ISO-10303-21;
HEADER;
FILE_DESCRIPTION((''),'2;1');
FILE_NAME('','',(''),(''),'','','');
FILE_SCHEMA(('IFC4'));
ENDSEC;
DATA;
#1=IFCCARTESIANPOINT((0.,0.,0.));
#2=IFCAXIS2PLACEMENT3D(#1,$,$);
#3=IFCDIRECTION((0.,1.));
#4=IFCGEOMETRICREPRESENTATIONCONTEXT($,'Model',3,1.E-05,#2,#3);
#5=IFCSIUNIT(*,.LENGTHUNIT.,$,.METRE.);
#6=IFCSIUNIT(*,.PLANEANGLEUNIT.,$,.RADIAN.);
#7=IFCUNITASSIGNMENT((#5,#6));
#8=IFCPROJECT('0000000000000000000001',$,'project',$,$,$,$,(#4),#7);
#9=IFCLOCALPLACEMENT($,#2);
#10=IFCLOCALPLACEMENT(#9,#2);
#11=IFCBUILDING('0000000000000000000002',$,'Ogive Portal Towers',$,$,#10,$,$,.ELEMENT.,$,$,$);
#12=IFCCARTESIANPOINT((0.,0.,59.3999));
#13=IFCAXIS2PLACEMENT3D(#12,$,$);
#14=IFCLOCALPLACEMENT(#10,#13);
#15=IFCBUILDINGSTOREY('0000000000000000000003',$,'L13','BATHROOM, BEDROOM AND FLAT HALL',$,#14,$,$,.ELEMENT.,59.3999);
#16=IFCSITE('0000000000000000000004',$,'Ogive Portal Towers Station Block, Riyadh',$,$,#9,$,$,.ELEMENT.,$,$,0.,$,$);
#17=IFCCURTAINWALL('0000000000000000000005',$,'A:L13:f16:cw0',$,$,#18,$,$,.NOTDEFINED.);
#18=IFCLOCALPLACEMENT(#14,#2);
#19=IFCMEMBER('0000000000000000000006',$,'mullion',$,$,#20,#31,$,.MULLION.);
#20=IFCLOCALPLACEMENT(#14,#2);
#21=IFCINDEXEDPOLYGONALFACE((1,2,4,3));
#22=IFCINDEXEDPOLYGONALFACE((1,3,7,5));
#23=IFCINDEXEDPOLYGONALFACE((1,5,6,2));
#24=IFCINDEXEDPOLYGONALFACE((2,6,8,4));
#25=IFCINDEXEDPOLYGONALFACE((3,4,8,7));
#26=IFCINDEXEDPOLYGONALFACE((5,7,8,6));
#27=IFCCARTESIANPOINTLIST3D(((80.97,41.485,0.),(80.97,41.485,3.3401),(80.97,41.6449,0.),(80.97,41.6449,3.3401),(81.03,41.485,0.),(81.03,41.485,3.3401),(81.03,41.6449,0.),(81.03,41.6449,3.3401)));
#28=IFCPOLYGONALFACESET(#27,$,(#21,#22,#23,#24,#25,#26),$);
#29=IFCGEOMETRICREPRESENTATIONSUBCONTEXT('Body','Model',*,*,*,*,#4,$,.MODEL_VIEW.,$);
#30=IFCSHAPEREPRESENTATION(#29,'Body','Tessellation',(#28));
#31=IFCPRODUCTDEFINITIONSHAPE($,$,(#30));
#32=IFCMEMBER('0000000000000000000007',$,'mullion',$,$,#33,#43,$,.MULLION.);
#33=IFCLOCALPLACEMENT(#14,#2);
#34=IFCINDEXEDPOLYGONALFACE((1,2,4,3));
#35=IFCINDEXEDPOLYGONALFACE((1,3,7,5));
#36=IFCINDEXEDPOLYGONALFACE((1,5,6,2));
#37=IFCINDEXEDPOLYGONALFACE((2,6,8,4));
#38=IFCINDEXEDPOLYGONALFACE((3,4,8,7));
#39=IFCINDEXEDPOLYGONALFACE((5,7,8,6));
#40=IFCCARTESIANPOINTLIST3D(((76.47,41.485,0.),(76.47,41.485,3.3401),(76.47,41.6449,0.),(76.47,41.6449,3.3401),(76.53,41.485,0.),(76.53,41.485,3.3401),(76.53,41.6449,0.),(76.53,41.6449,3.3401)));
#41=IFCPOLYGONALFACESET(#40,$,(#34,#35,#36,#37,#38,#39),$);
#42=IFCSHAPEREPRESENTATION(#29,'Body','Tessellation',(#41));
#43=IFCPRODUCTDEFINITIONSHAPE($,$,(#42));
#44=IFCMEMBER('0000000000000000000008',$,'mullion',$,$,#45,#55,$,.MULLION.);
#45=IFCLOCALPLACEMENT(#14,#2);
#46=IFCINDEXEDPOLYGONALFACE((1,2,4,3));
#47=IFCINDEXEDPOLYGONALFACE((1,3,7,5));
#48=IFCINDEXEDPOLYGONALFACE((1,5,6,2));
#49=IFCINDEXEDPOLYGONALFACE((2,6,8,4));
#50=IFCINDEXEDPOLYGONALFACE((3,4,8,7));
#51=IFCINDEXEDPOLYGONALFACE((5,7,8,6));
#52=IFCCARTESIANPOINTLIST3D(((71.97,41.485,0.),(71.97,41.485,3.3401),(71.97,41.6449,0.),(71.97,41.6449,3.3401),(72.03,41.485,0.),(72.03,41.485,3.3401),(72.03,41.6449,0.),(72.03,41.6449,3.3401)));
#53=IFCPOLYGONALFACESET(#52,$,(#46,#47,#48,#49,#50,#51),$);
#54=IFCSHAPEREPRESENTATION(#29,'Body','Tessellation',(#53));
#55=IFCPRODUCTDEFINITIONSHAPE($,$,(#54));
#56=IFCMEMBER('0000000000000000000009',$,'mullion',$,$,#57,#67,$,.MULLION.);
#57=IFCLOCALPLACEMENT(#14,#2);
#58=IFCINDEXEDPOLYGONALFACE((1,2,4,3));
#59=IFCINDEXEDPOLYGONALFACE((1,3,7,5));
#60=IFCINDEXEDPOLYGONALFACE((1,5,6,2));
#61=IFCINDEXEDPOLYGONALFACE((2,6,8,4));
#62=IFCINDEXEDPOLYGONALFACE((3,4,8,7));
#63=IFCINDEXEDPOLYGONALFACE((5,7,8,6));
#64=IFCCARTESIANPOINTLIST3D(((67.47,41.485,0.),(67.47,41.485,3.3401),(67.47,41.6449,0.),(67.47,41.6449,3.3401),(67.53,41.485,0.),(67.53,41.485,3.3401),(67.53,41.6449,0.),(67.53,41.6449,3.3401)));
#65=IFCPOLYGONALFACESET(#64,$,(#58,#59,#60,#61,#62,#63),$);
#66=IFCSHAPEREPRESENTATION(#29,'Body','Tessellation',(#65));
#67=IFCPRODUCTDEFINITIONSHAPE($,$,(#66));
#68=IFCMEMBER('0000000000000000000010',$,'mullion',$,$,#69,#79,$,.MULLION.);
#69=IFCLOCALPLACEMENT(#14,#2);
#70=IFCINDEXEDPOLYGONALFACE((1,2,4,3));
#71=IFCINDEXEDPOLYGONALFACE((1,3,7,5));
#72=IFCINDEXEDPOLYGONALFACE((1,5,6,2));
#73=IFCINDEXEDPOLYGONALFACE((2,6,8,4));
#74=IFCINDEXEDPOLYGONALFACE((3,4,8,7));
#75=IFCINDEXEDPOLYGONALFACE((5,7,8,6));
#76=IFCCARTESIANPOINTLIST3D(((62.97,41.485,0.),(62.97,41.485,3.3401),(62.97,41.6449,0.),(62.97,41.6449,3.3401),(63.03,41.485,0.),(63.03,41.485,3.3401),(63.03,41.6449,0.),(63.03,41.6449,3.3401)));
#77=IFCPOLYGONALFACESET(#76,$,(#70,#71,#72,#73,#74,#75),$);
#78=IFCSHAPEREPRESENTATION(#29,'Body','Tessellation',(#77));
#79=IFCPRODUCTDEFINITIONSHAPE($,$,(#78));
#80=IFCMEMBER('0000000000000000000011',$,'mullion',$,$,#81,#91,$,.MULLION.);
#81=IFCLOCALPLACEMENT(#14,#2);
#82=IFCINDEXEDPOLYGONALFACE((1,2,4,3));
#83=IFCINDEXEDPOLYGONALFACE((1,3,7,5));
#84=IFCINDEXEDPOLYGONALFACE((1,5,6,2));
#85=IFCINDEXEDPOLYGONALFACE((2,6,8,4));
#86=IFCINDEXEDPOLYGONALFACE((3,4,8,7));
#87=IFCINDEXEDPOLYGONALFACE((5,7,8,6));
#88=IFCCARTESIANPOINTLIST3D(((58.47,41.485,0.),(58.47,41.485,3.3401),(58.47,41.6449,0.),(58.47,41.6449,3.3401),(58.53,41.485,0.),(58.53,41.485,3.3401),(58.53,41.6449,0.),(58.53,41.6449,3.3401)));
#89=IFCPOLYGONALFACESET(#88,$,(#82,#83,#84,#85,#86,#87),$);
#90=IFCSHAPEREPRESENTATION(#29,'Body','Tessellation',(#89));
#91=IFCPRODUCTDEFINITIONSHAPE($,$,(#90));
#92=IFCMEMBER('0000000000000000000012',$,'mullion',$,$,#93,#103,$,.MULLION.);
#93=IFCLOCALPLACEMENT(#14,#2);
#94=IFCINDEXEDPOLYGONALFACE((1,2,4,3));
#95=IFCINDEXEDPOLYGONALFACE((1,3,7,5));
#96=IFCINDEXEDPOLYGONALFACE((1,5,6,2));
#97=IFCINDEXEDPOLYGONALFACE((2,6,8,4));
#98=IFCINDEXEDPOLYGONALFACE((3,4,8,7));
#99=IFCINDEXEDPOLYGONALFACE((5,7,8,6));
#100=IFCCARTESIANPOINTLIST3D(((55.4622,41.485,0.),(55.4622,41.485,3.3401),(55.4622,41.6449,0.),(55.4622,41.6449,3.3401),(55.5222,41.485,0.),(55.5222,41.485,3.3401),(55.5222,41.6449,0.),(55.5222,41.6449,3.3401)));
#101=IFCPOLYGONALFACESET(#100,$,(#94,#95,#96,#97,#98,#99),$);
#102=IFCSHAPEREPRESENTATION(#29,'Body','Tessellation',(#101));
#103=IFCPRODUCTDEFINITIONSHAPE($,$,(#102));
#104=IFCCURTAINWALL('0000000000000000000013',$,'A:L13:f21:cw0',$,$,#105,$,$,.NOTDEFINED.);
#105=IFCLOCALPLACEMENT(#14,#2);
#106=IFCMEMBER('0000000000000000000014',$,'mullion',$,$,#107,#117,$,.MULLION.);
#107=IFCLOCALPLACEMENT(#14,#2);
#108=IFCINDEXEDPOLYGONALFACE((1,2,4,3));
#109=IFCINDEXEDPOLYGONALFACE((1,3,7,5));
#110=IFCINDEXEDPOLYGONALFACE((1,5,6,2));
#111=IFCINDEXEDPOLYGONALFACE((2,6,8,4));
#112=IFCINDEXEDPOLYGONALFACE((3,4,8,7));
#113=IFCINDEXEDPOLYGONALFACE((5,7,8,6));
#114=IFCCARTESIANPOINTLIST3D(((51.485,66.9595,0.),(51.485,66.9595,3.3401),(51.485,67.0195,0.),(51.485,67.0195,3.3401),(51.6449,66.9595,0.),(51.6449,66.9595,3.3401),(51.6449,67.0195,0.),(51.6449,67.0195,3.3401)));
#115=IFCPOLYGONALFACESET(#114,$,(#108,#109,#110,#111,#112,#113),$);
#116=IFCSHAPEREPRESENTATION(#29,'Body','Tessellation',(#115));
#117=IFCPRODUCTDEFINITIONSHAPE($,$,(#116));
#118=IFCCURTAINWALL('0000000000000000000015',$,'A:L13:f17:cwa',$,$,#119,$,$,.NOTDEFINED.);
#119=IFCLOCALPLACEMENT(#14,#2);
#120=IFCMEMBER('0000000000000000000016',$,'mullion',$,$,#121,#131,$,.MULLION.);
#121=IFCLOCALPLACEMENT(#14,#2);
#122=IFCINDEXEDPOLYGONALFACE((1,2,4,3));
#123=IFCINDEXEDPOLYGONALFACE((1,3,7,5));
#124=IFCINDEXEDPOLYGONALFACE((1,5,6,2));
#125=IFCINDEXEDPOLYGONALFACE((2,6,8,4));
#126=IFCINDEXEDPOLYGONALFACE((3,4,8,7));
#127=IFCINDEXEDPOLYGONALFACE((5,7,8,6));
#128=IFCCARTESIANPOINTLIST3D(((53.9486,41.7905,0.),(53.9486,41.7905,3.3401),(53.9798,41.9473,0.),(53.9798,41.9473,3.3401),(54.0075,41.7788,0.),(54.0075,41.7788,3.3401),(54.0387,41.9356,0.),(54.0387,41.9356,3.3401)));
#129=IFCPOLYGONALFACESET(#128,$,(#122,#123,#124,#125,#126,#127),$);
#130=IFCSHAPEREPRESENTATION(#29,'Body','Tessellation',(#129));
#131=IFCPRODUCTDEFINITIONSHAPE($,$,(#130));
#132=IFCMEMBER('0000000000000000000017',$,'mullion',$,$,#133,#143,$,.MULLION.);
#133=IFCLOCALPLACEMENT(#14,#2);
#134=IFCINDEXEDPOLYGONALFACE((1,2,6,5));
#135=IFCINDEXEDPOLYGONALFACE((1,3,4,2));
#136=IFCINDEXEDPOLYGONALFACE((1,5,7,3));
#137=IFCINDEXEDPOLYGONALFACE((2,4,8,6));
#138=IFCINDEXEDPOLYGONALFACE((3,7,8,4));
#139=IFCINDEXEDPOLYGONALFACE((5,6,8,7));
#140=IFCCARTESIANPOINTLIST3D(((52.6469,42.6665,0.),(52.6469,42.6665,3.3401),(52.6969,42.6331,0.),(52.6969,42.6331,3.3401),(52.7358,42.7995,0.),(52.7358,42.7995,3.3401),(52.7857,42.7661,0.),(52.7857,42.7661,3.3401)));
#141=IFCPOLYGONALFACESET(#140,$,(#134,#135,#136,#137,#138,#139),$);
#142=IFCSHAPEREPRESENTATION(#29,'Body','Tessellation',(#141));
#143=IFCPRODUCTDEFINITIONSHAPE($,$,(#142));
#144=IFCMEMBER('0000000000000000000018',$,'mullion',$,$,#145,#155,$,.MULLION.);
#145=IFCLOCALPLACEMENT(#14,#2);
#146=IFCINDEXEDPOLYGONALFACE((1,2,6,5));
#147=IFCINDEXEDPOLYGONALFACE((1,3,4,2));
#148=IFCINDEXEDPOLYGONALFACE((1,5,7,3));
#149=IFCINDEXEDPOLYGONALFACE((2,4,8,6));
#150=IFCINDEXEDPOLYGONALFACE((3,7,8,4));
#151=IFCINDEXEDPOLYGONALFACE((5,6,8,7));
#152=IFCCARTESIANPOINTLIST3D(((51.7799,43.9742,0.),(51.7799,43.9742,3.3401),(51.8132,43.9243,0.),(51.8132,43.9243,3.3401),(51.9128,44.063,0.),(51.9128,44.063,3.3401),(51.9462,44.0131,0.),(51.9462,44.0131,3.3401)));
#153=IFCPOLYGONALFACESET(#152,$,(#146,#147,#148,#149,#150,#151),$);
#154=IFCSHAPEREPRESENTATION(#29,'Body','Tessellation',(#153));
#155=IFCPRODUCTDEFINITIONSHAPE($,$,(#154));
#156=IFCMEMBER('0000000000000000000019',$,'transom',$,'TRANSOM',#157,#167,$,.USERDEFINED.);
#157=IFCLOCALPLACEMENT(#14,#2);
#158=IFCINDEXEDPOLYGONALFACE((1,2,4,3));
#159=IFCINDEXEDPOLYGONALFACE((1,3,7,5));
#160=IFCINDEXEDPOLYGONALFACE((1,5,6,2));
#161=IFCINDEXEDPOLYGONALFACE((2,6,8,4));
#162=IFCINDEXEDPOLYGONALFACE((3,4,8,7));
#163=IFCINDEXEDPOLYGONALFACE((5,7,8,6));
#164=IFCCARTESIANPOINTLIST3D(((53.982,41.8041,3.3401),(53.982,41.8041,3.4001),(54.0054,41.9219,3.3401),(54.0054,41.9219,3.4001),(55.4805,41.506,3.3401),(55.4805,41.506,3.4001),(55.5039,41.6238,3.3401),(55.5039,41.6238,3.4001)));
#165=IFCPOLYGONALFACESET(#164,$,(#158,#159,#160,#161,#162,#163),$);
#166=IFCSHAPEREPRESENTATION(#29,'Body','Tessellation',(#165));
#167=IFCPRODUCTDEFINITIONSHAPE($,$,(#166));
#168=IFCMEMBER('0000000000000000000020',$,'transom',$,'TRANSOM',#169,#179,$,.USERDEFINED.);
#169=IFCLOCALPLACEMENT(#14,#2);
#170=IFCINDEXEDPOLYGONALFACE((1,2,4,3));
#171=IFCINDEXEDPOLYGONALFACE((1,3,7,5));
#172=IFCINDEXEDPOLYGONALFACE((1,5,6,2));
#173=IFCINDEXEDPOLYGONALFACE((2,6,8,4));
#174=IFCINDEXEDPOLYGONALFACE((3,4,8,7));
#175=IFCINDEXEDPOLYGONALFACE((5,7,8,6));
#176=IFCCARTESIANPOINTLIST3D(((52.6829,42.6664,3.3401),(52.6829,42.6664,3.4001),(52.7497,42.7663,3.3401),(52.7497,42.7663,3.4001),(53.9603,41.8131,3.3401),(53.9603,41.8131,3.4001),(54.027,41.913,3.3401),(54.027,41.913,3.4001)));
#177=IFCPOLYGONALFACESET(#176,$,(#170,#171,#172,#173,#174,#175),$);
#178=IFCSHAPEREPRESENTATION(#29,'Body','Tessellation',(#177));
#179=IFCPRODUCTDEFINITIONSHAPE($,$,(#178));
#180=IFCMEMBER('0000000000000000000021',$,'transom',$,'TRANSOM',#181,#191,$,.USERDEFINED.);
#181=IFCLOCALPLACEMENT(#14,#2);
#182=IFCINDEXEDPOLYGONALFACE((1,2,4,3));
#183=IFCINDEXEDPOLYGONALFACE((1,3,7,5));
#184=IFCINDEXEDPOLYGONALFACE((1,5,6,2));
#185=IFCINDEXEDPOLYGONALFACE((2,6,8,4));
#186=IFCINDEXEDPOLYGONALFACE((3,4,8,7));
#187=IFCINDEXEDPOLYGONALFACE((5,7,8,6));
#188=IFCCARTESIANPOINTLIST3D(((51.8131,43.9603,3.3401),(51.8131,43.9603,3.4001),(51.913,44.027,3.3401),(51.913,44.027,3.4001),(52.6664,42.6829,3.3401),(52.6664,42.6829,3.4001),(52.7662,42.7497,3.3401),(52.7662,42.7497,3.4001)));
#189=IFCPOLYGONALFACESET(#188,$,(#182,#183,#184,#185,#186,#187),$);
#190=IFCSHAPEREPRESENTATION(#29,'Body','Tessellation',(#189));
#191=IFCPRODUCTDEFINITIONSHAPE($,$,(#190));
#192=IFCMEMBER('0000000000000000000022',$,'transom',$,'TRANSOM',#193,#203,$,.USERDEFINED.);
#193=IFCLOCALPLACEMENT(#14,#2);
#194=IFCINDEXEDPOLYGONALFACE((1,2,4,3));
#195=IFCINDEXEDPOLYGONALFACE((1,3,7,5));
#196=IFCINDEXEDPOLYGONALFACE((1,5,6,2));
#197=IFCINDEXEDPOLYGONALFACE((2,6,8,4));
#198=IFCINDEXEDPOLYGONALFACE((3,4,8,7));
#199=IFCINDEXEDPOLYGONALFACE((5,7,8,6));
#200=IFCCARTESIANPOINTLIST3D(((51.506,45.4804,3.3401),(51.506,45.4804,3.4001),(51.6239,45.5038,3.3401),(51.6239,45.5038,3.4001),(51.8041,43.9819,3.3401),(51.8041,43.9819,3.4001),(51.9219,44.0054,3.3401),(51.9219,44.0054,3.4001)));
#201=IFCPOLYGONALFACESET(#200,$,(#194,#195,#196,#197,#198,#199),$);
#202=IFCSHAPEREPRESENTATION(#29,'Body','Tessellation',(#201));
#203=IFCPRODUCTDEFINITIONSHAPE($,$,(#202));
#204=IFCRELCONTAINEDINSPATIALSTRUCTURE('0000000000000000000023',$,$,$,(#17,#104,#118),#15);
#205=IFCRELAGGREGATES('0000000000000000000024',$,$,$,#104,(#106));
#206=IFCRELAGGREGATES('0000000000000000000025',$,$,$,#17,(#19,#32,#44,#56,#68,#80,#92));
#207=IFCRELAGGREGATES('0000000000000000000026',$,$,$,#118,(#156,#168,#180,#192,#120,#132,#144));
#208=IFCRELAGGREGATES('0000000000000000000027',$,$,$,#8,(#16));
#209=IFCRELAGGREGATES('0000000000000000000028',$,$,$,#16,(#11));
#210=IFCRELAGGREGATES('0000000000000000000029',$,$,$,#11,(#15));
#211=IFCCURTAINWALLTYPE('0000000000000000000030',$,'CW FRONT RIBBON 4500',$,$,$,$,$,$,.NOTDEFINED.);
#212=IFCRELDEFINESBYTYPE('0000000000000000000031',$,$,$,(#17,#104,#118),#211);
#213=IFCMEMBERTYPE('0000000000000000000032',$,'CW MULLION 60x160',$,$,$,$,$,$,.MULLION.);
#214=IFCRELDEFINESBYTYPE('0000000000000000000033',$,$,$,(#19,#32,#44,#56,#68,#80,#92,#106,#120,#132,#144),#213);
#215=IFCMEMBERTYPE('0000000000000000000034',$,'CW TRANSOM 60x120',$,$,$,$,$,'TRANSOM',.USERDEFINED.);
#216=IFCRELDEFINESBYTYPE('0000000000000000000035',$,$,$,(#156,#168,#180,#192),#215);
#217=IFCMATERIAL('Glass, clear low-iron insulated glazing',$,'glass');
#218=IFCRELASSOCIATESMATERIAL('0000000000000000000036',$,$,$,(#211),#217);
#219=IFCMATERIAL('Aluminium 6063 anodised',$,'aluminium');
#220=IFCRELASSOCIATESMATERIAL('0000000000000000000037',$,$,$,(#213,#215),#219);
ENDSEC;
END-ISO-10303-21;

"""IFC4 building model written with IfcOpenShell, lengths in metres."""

from ifc_helpers import new_model, si_unit, direction, frame, origin, origin_2d, place, context, subcontext, project, spatial, rectangle, extrude, material, material_profile, profile_set, type_object, element, aggregate, save


model = new_model("IFC4")

# Units and contexts
model_context = context("Model", 3, precision=1e-05, world=origin(), true_north=direction((0.0, 1.0)))
body_context = subcontext(model_context, "Body", "Model", "MODEL_VIEW")
ifc_project = project(units=[si_unit("LENGTHUNIT", "METRE"), si_unit("PLANEANGLEUNIT", "RADIAN")], contexts=[model_context])

# Site, building, storey
site_placement = place(None, origin())
site = spatial("IfcSite", under=ifc_project, at=site_placement, Name="Ogive Portal Towers Station Block, Riyadh", CompositionType="ELEMENT", RefElevation=0.0)
building_placement = place(site_placement, origin())
building = spatial("IfcBuilding", under=site, at=building_placement, Name="Ogive Portal Towers", CompositionType="ELEMENT")
storey_placement = place(building_placement, frame((0.0, 0.0, 59.3999)))
storey = spatial("IfcBuildingStorey", under=building, at=storey_placement, Name="L13", Description="BATHROOM, BEDROOM AND FLAT HALL", CompositionType="ELEMENT", Elevation=59.3999)

# Curtain wall, members
ifc_material_1 = material(Name="Glass, clear low-iron insulated glazing", Category="glass")
curtain_wall_type = type_object("IfcCurtainWallType", Name="CW FRONT RIBBON 4500", PredefinedType="NOTDEFINED", material=ifc_material_1)
curtain_wall_1_placement = place(storey_placement, origin())
curtain_wall_1 = element("IfcCurtainWall", 1, at=curtain_wall_1_placement, inside=storey, type_object=curtain_wall_type, Name="A:L13:f16:cw0", PredefinedType="NOTDEFINED")
ifc_material_2 = material(Name="Aluminium 6063 anodised", Category="aluminium")
ifc_material_profile_1 = material_profile(ifc_material_2, rectangle(XDim=0.1599, YDim=0.0601, at=origin_2d()), Name="AL 60x160")
ifc_profile_set_1 = profile_set([ifc_material_profile_1], Name="Aluminium 6063 anodised")
member_type_1 = type_object("IfcMemberType", Name="CW MULLION 60x160", PredefinedType="MULLION", material=ifc_profile_set_1)
member_1_placement = place(storey_placement, frame((81.0, 41.5649, 0.0), z_axis=(0.0, 0.0, 1.0), x_axis=(0.0, -1.0, 0.0)))
member_1 = element("IfcMember", 2, at=member_1_placement, type_object=member_type_1, Name="mullion", PredefinedType="MULLION", context=body_context, shape_type="SweptSolid", body=[
    extrude(rectangle(XDim=0.1599, YDim=0.0601, at=origin_2d()), origin(), (0.0, 0.0, 1.0), 3.3401),
])
member_2_placement = place(storey_placement, frame((76.5, 41.5649, 0.0), z_axis=(0.0, 0.0, 1.0), x_axis=(0.0, -1.0, 0.0)))
member_2 = element("IfcMember", 3, at=member_2_placement, type_object=member_type_1, Name="mullion", PredefinedType="MULLION", context=body_context, shape_type="SweptSolid", body=[
    extrude(rectangle(XDim=0.1599, YDim=0.0601, at=origin_2d()), origin(), (0.0, 0.0, 1.0), 3.3401),
])
member_3_placement = place(storey_placement, frame((72.0, 41.5649, 0.0), z_axis=(0.0, 0.0, 1.0), x_axis=(0.0, -1.0, 0.0)))
member_3 = element("IfcMember", 4, at=member_3_placement, type_object=member_type_1, Name="mullion", PredefinedType="MULLION", context=body_context, shape_type="SweptSolid", body=[
    extrude(rectangle(XDim=0.1599, YDim=0.0601, at=origin_2d()), origin(), (0.0, 0.0, 1.0), 3.3401),
])
member_4_placement = place(storey_placement, frame((67.5, 41.5649, 0.0), z_axis=(0.0, 0.0, 1.0), x_axis=(0.0, -1.0, 0.0)))
member_4 = element("IfcMember", 5, at=member_4_placement, type_object=member_type_1, Name="mullion", PredefinedType="MULLION", context=body_context, shape_type="SweptSolid", body=[
    extrude(rectangle(XDim=0.1599, YDim=0.0601, at=origin_2d()), origin(), (0.0, 0.0, 1.0), 3.3401),
])
member_5_placement = place(storey_placement, frame((63.0, 41.5649, 0.0), z_axis=(0.0, 0.0, 1.0), x_axis=(0.0, -1.0, 0.0)))
member_5 = element("IfcMember", 6, at=member_5_placement, type_object=member_type_1, Name="mullion", PredefinedType="MULLION", context=body_context, shape_type="SweptSolid", body=[
    extrude(rectangle(XDim=0.1599, YDim=0.0601, at=origin_2d()), origin(), (0.0, 0.0, 1.0), 3.3401),
])
member_6_placement = place(storey_placement, frame((58.5, 41.5649, 0.0), z_axis=(0.0, 0.0, 1.0), x_axis=(0.0, -1.0, 0.0)))
member_6 = element("IfcMember", 7, at=member_6_placement, type_object=member_type_1, Name="mullion", PredefinedType="MULLION", context=body_context, shape_type="SweptSolid", body=[
    extrude(rectangle(XDim=0.1599, YDim=0.0601, at=origin_2d()), origin(), (0.0, 0.0, 1.0), 3.3401),
])
member_7_placement = place(storey_placement, frame((55.4922, 41.5649, 0.0), z_axis=(0.0, 0.0, 1.0), x_axis=(0.0, -1.0, 0.0)))
member_7 = element("IfcMember", 8, at=member_7_placement, type_object=member_type_1, Name="mullion", PredefinedType="MULLION", context=body_context, shape_type="SweptSolid", body=[
    extrude(rectangle(XDim=0.1599, YDim=0.0601, at=origin_2d()), origin(), (0.0, 0.0, 1.0), 3.3401),
])

# Curtain wall, member
curtain_wall_2_placement = place(storey_placement, origin())
curtain_wall_2 = element("IfcCurtainWall", 9, at=curtain_wall_2_placement, inside=storey, type_object=curtain_wall_type, Name="A:L13:f21:cw0", PredefinedType="NOTDEFINED")
member_8_placement = place(storey_placement, frame((51.5649, 66.9895, 0.0), z_axis=(0.0, 0.0, 1.0), x_axis=(-1.0, 0.0, 0.0)))
member_8 = element("IfcMember", 10, at=member_8_placement, type_object=member_type_1, Name="mullion", PredefinedType="MULLION", context=body_context, shape_type="SweptSolid", body=[
    extrude(rectangle(XDim=0.1599, YDim=0.0601, at=origin_2d()), origin(), (0.0, 0.0, 1.0), 3.3401),
])
aggregate(curtain_wall_2, [member_8])

# Curtain wall, members
curtain_wall_3_placement = place(storey_placement, origin())
curtain_wall_3 = element("IfcCurtainWall", 11, at=curtain_wall_3_placement, inside=storey, type_object=curtain_wall_type, Name="A:L13:f17:cwa", PredefinedType="NOTDEFINED")
member_9_placement = place(storey_placement, frame((53.9937, 41.863, 0.0), z_axis=(0.0, 0.0, 1.0), x_axis=(-0.19509, -0.980785, 0.0)))
member_9 = element("IfcMember", 12, at=member_9_placement, type_object=member_type_1, Name="mullion", PredefinedType="MULLION", context=body_context, shape_type="SweptSolid", body=[
    extrude(rectangle(XDim=0.1599, YDim=0.0601, at=origin_2d()), origin(), (0.0, 0.0, 1.0), 3.3401),
])
member_10_placement = place(storey_placement, frame((52.7163, 42.7163, 0.0), z_axis=(0.0, 0.0, 1.0), x_axis=(-0.55557, -0.83147, 0.0)))
member_10 = element("IfcMember", 13, at=member_10_placement, type_object=member_type_1, Name="mullion", PredefinedType="MULLION", context=body_context, shape_type="SweptSolid", body=[
    extrude(rectangle(XDim=0.1599, YDim=0.0601, at=origin_2d()), origin(), (0.0, 0.0, 1.0), 3.3401),
])
member_11_placement = place(storey_placement, frame((51.863, 43.9937, 0.0), z_axis=(0.0, 0.0, 1.0), x_axis=(-0.83147, -0.55557, 0.0)))
member_11 = element("IfcMember", 14, at=member_11_placement, type_object=member_type_1, Name="mullion", PredefinedType="MULLION", context=body_context, shape_type="SweptSolid", body=[
    extrude(rectangle(XDim=0.1599, YDim=0.0601, at=origin_2d()), origin(), (0.0, 0.0, 1.0), 3.3401),
])
ifc_material_profile_2 = material_profile(ifc_material_2, rectangle(XDim=0.1201, YDim=0.0601, at=origin_2d()), Name="AL 120x60")
ifc_profile_set_2 = profile_set([ifc_material_profile_2], Name="Aluminium 6063 anodised")
member_type_2 = type_object("IfcMemberType", Name="CW TRANSOM 60x120", ElementType="TRANSOM", PredefinedType="USERDEFINED", material=ifc_profile_set_2)
member_12_placement = place(storey_placement, frame((55.4922, 41.5649, 3.3701), z_axis=(-0.980783, 0.195102, 0.0), x_axis=(-0.195102, -0.980783, 0.0)))
member_12 = element("IfcMember", 15, at=member_12_placement, type_object=member_type_2, Name="transom", ObjectType="TRANSOM", PredefinedType="USERDEFINED", context=body_context, shape_type="SweptSolid", body=[
    extrude(rectangle(XDim=0.1201, YDim=0.0601, at=origin_2d()), origin(), (0.0, 0.0, 1.0), 1.5278),
])
member_13_placement = place(storey_placement, frame((53.9937, 41.863, 3.3701), z_axis=(-0.831536, 0.55547, 0.0), x_axis=(-0.55547, -0.831536, 0.0)))
member_13 = element("IfcMember", 16, at=member_13_placement, type_object=member_type_2, Name="transom", ObjectType="TRANSOM", PredefinedType="USERDEFINED", context=body_context, shape_type="SweptSolid", body=[
    extrude(rectangle(XDim=0.1201, YDim=0.0601, at=origin_2d()), origin(), (0.0, 0.0, 1.0), 1.5361),
])
member_14_placement = place(storey_placement, frame((52.7163, 42.7163, 3.3701), z_axis=(-0.55547, 0.831536, 0.0), x_axis=(-0.831536, -0.55547, 0.0)))
member_14 = element("IfcMember", 17, at=member_14_placement, type_object=member_type_2, Name="transom", ObjectType="TRANSOM", PredefinedType="USERDEFINED", context=body_context, shape_type="SweptSolid", body=[
    extrude(rectangle(XDim=0.1201, YDim=0.0601, at=origin_2d()), origin(), (0.0, 0.0, 1.0), 1.5361),
])
member_15_placement = place(storey_placement, frame((51.863, 43.9937, 3.3701), z_axis=(-0.195102, 0.980783, 0.0), x_axis=(-0.980783, -0.195102, 0.0)))
member_15 = element("IfcMember", 18, at=member_15_placement, type_object=member_type_2, Name="transom", ObjectType="TRANSOM", PredefinedType="USERDEFINED", context=body_context, shape_type="SweptSolid", body=[
    extrude(rectangle(XDim=0.1201, YDim=0.0601, at=origin_2d()), origin(), (0.0, 0.0, 1.0), 1.5278),
])

aggregate(curtain_wall_1, [member_1, member_2, member_3, member_4, member_5, member_6, member_7])
aggregate(curtain_wall_3, [member_12, member_13, member_14, member_15, member_9, member_10, member_11])

save(model, "model.ifc")
